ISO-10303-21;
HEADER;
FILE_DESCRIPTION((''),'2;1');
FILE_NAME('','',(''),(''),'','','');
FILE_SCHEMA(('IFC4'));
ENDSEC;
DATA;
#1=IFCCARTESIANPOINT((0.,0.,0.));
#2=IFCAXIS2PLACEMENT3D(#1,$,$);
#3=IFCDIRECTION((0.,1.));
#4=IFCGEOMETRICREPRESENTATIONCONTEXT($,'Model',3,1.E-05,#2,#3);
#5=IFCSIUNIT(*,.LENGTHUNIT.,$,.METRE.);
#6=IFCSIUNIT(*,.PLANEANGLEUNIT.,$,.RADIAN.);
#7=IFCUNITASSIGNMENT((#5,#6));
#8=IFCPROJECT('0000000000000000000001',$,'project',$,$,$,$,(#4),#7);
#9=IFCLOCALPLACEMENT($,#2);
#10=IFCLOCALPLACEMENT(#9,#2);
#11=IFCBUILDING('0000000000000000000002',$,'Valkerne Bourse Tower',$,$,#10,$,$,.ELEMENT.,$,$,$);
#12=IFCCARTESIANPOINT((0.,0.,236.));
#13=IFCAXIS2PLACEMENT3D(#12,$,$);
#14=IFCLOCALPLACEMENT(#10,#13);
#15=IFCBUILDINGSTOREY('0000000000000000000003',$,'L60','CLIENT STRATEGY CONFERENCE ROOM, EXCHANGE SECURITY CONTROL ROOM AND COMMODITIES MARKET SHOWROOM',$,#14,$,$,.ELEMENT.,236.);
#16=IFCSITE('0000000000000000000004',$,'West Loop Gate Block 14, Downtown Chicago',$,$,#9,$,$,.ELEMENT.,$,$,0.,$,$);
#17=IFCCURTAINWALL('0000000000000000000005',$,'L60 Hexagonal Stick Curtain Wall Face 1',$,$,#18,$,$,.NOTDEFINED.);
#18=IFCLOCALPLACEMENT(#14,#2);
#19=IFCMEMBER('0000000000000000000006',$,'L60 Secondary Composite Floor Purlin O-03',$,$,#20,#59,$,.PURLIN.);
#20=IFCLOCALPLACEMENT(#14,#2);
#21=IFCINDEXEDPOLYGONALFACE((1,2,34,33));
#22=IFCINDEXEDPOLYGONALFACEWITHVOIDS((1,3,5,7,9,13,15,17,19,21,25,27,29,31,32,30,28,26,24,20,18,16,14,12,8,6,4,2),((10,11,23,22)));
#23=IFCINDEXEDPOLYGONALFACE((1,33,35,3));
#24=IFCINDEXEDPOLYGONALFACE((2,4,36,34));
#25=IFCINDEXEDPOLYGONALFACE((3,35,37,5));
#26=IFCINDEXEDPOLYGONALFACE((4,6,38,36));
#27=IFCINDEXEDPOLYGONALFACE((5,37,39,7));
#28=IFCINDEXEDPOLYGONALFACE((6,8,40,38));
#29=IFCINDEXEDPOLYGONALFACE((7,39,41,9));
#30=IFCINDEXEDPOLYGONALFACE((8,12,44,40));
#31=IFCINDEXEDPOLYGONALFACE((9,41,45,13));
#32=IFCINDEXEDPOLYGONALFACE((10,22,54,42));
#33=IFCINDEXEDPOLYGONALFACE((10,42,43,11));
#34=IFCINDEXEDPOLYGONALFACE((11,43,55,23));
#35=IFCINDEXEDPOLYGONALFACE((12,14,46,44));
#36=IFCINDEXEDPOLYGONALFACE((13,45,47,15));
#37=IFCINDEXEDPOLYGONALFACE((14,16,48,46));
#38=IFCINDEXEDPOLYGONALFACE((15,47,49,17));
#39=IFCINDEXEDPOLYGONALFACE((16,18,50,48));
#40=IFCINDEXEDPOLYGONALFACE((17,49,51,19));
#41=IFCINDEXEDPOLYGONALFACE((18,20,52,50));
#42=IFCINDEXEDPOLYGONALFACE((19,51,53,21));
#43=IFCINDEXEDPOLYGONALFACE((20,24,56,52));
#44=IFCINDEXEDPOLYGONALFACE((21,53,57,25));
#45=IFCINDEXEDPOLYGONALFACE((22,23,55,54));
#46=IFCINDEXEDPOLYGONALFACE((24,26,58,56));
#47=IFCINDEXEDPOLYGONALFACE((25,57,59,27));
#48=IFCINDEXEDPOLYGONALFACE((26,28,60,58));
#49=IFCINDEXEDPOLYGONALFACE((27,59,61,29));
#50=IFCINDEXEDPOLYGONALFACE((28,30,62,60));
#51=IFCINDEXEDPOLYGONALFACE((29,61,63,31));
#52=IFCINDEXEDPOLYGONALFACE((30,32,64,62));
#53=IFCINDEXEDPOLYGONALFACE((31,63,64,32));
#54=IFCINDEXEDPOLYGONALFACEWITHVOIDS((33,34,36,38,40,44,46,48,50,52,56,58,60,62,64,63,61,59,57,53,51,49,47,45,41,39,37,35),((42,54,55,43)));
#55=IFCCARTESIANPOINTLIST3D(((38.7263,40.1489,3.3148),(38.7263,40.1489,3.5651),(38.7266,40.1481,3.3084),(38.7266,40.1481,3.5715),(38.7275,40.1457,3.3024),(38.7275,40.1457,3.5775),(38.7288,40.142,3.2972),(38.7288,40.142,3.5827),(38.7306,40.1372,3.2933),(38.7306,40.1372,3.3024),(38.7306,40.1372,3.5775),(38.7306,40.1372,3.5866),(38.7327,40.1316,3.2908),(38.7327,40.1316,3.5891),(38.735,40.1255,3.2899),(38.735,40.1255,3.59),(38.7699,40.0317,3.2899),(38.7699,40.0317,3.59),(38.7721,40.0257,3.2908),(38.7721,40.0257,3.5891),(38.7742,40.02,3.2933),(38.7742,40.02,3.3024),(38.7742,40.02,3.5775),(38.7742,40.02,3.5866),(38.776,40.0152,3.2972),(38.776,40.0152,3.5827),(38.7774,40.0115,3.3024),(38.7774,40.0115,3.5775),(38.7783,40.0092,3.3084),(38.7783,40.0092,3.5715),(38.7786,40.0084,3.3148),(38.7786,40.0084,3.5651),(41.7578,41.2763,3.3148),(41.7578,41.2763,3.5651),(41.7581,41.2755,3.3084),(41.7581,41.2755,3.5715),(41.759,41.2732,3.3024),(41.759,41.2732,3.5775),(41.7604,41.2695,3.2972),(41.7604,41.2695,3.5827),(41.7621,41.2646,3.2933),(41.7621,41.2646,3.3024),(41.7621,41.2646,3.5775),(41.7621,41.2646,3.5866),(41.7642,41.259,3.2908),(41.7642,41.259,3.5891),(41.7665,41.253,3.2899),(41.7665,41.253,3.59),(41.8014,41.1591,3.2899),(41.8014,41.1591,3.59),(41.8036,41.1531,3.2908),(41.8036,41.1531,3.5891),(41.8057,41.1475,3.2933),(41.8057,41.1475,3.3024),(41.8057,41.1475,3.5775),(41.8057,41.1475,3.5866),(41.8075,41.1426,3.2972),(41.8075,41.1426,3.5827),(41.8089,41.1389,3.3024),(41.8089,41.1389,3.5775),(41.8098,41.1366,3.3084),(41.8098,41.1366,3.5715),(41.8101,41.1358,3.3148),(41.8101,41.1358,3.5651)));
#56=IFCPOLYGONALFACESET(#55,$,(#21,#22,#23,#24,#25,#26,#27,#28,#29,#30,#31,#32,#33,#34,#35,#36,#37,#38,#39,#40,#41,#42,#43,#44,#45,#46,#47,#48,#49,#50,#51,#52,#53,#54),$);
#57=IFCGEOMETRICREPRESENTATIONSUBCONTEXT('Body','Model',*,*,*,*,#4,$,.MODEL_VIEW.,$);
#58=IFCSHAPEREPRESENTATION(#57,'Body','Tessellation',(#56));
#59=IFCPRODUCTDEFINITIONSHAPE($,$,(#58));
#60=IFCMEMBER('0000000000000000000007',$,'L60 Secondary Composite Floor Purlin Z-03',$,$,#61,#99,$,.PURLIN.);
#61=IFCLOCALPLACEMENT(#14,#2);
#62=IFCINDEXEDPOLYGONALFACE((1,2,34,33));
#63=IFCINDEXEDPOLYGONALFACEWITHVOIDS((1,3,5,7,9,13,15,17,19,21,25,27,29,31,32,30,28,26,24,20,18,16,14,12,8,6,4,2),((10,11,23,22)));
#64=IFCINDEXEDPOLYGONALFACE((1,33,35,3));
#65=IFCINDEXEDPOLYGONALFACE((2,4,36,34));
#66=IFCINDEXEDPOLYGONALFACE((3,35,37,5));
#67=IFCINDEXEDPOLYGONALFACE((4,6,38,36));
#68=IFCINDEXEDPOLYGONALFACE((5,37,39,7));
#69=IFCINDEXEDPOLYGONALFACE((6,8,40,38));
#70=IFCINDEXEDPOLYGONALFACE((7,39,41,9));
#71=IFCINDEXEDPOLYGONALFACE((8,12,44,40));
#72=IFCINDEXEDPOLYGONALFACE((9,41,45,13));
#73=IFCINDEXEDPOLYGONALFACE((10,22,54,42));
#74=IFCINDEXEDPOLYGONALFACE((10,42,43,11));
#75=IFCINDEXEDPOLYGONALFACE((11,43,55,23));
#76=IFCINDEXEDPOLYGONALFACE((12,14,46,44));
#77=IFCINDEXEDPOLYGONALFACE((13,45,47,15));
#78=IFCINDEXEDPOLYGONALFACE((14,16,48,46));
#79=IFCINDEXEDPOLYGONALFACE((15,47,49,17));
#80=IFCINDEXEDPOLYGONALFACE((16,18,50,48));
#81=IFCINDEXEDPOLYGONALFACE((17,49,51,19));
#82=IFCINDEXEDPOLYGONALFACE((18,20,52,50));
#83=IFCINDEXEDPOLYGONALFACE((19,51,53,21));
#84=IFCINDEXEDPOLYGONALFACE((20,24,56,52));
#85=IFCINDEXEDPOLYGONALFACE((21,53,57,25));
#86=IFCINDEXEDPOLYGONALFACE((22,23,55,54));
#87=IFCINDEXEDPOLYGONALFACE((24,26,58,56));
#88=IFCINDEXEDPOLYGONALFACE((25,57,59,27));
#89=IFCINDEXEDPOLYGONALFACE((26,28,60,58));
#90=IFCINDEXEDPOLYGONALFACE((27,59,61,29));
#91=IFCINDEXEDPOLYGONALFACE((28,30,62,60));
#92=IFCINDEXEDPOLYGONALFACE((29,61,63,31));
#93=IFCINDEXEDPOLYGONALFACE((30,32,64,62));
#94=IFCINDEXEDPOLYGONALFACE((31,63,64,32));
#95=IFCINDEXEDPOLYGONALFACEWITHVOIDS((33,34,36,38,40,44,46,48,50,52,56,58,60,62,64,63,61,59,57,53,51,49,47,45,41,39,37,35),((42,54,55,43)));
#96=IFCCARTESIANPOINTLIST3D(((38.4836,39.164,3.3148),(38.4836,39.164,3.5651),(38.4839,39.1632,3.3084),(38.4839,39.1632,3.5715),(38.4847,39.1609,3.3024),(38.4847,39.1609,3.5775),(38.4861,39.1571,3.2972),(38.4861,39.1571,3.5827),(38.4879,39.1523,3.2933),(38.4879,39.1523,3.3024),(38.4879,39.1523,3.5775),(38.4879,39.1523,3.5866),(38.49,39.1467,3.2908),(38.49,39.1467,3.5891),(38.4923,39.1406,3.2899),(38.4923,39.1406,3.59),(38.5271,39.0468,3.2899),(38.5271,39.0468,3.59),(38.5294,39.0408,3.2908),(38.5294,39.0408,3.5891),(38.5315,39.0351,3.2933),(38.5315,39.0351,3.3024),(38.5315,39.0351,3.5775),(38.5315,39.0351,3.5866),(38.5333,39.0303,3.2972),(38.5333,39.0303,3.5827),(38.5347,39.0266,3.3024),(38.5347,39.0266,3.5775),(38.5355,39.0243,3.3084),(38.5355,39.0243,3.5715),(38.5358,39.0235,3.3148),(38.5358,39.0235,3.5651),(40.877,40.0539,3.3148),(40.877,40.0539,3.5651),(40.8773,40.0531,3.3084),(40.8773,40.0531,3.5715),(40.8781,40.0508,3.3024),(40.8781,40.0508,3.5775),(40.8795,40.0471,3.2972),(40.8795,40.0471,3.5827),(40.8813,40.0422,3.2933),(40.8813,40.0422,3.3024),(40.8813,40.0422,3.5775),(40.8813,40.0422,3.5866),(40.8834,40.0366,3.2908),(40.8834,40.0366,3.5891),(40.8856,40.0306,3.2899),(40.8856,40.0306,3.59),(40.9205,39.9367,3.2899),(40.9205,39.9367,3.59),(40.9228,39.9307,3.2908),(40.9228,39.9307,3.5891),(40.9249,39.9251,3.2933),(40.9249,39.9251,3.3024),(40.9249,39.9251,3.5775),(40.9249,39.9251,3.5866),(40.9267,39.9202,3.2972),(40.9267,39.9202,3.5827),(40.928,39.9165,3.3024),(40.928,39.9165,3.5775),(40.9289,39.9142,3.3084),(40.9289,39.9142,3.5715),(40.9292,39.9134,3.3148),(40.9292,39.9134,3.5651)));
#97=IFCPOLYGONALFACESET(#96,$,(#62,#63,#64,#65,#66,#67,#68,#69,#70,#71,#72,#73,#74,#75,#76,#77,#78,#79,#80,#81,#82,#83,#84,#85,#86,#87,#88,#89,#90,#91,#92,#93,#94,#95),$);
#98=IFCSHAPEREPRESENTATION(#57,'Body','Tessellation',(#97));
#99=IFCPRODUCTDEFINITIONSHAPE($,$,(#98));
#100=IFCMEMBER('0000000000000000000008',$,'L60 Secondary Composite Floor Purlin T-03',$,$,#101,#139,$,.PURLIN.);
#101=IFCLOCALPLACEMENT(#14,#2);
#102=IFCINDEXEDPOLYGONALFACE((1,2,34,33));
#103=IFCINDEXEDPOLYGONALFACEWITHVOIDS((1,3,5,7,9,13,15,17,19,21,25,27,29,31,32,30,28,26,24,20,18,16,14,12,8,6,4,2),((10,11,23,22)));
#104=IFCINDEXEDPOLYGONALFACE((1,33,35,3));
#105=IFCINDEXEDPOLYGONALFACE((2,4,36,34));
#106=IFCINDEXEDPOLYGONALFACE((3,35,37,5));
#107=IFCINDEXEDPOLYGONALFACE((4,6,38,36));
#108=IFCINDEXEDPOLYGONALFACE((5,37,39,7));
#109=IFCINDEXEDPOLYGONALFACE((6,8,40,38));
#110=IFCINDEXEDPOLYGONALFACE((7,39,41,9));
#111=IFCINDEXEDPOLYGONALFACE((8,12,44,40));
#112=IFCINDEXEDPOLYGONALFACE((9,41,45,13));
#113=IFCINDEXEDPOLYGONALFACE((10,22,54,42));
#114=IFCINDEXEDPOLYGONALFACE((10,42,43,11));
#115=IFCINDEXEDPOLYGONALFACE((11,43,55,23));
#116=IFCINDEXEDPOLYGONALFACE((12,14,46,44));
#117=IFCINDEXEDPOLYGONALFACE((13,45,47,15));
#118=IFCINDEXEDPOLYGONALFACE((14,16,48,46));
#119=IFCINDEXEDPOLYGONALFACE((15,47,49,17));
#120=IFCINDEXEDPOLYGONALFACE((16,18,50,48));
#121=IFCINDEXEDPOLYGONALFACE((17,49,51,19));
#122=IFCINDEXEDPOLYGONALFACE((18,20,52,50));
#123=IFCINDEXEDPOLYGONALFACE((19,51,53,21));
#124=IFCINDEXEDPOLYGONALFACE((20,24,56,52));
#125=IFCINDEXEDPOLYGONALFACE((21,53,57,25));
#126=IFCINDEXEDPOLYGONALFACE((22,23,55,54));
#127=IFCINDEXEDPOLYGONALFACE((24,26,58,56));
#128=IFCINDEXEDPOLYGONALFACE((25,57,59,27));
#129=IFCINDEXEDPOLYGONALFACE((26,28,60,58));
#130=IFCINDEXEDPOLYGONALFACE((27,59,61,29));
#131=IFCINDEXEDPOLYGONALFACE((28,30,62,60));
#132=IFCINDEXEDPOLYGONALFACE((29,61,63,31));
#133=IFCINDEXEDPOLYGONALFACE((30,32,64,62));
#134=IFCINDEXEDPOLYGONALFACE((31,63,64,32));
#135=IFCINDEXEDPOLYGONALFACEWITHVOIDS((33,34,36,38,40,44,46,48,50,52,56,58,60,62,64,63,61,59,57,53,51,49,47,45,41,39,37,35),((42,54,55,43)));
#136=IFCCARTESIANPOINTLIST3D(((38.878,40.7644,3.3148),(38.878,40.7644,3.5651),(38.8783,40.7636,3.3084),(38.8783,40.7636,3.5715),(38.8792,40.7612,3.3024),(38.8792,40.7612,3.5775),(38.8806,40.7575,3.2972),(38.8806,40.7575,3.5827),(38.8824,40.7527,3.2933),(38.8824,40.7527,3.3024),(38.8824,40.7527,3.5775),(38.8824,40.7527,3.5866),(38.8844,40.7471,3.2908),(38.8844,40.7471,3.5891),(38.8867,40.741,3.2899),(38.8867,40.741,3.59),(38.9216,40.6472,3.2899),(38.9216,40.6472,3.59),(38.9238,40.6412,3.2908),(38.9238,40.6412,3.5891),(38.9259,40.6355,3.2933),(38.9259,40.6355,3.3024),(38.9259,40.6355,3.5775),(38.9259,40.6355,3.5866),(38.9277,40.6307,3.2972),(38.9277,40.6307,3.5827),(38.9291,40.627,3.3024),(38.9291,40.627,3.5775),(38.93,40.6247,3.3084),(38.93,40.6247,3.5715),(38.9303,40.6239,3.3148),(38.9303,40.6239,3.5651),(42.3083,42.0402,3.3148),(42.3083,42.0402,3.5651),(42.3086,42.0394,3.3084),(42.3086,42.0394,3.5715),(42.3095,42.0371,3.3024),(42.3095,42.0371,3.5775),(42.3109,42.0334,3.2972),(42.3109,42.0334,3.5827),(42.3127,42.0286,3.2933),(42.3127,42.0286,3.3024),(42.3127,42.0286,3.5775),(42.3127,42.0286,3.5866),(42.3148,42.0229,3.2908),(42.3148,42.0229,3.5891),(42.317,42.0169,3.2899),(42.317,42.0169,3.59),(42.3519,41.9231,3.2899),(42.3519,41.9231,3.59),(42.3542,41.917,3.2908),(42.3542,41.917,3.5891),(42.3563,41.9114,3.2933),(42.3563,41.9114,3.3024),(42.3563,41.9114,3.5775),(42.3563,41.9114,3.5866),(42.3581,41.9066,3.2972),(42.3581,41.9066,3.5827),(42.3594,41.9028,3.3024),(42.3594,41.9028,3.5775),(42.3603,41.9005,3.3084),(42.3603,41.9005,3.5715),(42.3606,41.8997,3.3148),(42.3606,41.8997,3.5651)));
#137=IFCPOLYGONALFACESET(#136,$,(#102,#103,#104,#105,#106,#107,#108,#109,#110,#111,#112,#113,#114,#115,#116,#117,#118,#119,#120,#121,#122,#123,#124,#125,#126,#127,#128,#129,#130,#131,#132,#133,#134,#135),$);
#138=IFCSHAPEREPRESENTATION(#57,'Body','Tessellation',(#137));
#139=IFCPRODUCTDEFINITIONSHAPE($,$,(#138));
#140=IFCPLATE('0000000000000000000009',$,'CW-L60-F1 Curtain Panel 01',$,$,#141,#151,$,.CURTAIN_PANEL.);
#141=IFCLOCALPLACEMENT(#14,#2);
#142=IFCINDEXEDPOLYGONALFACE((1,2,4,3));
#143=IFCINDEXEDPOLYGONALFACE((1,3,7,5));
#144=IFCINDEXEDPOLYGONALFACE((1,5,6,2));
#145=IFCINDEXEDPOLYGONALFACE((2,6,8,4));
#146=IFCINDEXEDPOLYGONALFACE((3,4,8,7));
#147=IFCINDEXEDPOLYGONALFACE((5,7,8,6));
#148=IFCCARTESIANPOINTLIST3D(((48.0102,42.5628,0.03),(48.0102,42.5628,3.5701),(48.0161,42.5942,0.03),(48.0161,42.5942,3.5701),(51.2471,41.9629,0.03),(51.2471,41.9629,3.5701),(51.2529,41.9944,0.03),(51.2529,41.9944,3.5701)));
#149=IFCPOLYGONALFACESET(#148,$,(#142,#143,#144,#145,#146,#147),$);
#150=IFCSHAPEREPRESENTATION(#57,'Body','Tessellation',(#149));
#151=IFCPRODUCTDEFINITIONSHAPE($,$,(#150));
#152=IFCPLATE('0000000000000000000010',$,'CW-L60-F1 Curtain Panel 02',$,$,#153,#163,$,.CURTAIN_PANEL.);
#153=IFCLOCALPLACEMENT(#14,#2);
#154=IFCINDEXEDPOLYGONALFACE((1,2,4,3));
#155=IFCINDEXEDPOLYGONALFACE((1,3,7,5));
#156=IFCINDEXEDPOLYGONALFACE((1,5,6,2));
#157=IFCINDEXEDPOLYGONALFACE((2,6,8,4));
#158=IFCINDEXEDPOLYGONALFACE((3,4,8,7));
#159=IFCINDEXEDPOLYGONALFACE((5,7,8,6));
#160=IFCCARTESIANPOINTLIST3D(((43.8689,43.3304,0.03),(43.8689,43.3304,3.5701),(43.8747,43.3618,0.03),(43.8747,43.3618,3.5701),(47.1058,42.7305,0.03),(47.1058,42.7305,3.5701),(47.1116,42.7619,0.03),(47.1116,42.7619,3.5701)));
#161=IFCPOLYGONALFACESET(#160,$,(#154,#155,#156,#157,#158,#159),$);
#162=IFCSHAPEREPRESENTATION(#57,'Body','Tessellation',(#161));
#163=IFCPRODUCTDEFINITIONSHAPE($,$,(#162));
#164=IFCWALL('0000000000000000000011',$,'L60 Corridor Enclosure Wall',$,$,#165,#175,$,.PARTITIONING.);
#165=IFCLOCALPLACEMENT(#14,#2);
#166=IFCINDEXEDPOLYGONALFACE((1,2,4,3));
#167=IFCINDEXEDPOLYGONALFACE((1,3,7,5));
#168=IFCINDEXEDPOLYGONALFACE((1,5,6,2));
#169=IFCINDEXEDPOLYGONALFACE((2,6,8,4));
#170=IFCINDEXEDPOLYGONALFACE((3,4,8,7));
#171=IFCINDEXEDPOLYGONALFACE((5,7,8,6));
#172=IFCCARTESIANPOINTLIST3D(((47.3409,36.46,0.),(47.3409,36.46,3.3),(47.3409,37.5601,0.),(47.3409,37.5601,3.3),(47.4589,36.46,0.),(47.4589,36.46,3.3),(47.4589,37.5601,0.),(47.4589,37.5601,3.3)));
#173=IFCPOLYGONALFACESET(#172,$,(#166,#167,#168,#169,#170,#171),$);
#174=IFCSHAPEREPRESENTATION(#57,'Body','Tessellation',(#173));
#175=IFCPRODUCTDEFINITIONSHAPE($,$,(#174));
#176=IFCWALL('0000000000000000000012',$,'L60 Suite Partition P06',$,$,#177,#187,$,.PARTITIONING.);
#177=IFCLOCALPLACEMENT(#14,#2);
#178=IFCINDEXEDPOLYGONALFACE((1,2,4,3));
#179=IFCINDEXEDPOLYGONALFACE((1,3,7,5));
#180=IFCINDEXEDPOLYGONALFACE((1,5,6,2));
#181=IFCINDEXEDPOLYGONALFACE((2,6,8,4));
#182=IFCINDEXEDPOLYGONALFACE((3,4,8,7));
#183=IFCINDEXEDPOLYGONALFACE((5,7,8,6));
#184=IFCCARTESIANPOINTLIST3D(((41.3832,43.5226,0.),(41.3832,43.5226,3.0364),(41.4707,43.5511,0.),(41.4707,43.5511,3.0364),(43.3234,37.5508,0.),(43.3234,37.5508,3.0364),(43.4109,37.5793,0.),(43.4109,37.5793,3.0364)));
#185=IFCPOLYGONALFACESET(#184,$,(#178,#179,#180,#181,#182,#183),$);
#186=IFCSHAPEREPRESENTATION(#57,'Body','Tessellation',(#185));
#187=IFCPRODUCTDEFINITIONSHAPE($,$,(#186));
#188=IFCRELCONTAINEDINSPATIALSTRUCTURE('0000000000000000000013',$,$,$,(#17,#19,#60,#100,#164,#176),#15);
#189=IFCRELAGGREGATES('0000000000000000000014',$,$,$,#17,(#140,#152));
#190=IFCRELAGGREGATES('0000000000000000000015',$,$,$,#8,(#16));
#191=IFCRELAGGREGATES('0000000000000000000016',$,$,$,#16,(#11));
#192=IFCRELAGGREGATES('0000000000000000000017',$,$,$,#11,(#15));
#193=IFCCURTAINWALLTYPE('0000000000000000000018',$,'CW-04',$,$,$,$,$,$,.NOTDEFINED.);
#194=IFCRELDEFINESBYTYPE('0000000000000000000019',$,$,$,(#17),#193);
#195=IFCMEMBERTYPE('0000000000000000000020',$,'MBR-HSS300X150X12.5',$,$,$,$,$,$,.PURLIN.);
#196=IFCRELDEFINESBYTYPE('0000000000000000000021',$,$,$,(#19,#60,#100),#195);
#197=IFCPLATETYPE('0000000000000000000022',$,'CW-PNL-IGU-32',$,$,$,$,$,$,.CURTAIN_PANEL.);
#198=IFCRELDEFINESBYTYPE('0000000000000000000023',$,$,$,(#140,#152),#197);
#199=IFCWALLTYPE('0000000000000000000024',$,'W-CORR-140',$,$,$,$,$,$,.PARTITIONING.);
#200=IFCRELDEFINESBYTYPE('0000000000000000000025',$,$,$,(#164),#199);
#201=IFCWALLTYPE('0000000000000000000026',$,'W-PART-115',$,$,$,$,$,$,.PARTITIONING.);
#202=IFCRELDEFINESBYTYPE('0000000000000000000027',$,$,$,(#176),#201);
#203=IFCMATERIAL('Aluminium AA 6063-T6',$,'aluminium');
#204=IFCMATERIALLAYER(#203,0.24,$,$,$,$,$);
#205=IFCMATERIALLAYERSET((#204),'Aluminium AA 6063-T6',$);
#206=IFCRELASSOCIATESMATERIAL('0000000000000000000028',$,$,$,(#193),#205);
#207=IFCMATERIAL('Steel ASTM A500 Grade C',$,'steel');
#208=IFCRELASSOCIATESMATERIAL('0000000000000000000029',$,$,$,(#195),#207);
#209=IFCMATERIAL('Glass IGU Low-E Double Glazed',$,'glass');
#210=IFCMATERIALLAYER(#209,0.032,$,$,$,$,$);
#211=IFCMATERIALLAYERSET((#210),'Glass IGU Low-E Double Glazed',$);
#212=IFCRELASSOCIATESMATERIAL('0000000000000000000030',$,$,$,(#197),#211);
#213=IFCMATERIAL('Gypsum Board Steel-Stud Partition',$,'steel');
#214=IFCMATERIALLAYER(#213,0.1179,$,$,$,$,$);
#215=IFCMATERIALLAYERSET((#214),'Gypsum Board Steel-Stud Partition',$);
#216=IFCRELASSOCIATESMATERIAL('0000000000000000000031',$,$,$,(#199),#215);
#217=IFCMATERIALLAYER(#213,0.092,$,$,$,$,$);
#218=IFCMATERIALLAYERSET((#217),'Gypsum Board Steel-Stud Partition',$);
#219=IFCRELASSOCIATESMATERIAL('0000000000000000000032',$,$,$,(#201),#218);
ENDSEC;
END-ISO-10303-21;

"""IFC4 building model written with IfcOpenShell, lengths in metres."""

from ifc_helpers import new_model, si_unit, direction, frame, frame_2d, origin, origin_2d, place, context, subcontext, project, spatial, rectangle, hollow_rectangle, extrude, material, layer, layer_set, material_profile, profile_set, type_object, element, aggregate, save


model = new_model("IFC4")

# Units and contexts
model_context = context("Model", 3, precision=1e-05, world=origin(), true_north=direction((0.0, 1.0)))
body_context = subcontext(model_context, "Body", "Model", "MODEL_VIEW")
ifc_project = project(units=[si_unit("LENGTHUNIT", "METRE"), si_unit("PLANEANGLEUNIT", "RADIAN")], contexts=[model_context])

# Site, building, storey
site_placement = place(None, origin())
site = spatial("IfcSite", under=ifc_project, at=site_placement, Name="West Loop Gate Block 14, Downtown Chicago", CompositionType="ELEMENT", RefElevation=0.0)
building_placement = place(site_placement, origin())
building = spatial("IfcBuilding", under=site, at=building_placement, Name="Valkerne Bourse Tower", CompositionType="ELEMENT")
storey_placement = place(building_placement, frame((0.0, 0.0, 236.0)))
storey = spatial("IfcBuildingStorey", under=building, at=storey_placement, Name="L60", Description="CLIENT STRATEGY CONFERENCE ROOM, EXCHANGE SECURITY CONTROL ROOM AND COMMODITIES MARKET SHOWROOM", CompositionType="ELEMENT", Elevation=236.0)

# Curtain wall
ifc_material_1 = material(Name="Aluminium AA 6063-T6", Category="aluminium")
ifc_layer_1 = layer(ifc_material_1, 0.24)
ifc_layer_set_1 = layer_set([ifc_layer_1], Name="Aluminium AA 6063-T6")
curtain_wall_type = type_object("IfcCurtainWallType", Name="CW-04", PredefinedType="NOTDEFINED", material=ifc_layer_set_1)
curtain_wall_placement = place(storey_placement, origin())
curtain_wall = element("IfcCurtainWall", 1, at=curtain_wall_placement, inside=storey, type_object=curtain_wall_type, Name="L60 Hexagonal Stick Curtain Wall Face 1", PredefinedType="NOTDEFINED")

# Members
ifc_material_2 = material(Name="Steel ASTM A500 Grade C", Category="steel")
ifc_material_profile_1 = material_profile(ifc_material_2, hollow_rectangle(XDim=0.1499, YDim=0.3, WallThickness=0.0125, OuterFilletRadius=0.0249, at=origin_2d()), Name="HSS300X150X12.5")
ifc_profile_set_1 = profile_set([ifc_material_profile_1], Name="Steel ASTM A500 Grade C")
member_type_1 = type_object("IfcMemberType", Name="MBR-HSS300X150X12.5", PredefinedType="PURLIN", material=ifc_profile_set_1)
member_1_placement = place(storey_placement, frame((41.7839, 41.2061, 3.4399), z_axis=(-0.937278, -0.348583, 0.0), x_axis=(0.348583, -0.937278, 0.0)))
element("IfcMember", 2, at=member_1_placement, inside=storey, type_object=member_type_1, Name="L60 Secondary Composite Floor Purlin O-03", PredefinedType="PURLIN", context=body_context, shape_type="SweptSolid", body=[
    extrude(hollow_rectangle(XDim=0.1499, YDim=0.3, WallThickness=0.0125, OuterFilletRadius=0.0249, at=origin_2d()), origin(), (0.0, 0.0, 1.0), 3.2344),
])
member_2_placement = place(storey_placement, frame((40.9031, 39.9836, 3.4399), z_axis=(-0.937304, -0.348513, 0.0), x_axis=(0.348513, -0.937304, 0.0)))
element("IfcMember", 3, at=member_2_placement, inside=storey, type_object=member_type_1, Name="L60 Secondary Composite Floor Purlin Z-03", PredefinedType="PURLIN", context=body_context, shape_type="SweptSolid", body=[
    extrude(hollow_rectangle(XDim=0.1499, YDim=0.3, WallThickness=0.0125, OuterFilletRadius=0.0249, at=origin_2d()), origin(), (0.0, 0.0, 1.0), 2.5535),
])
member_3_placement = place(storey_placement, frame((42.3345, 41.97, 3.4399), z_axis=(-0.937272, -0.3486, 0.0), x_axis=(0.3486, -0.937272, 0.0)))
element("IfcMember", 4, at=member_3_placement, inside=storey, type_object=member_type_1, Name="L60 Secondary Composite Floor Purlin T-03", PredefinedType="PURLIN", context=body_context, shape_type="SweptSolid", body=[
    extrude(hollow_rectangle(XDim=0.1499, YDim=0.3, WallThickness=0.0125, OuterFilletRadius=0.0249, at=origin_2d()), origin(), (0.0, 0.0, 1.0), 3.6599),
])

# Plates
ifc_material_3 = material(Name="Glass IGU Low-E Double Glazed", Category="glass")
ifc_layer_2 = layer(ifc_material_3, 0.032)
ifc_layer_set_2 = layer_set([ifc_layer_2], Name="Glass IGU Low-E Double Glazed")
plate_type = type_object("IfcPlateType", Name="CW-PNL-IGU-32", PredefinedType="CURTAIN_PANEL", material=ifc_layer_set_2)
plate_1_placement = place(storey_placement, frame((49.6316, 42.2786, 0.03), z_axis=(0.0, 0.0, 1.0), x_axis=(-0.983258, 0.182217, 0.0)))
plate_1 = element("IfcPlate", 5, at=plate_1_placement, type_object=plate_type, Name="CW-L60-F1 Curtain Panel 01", PredefinedType="CURTAIN_PANEL", context=body_context, shape_type="SweptSolid", body=[
    extrude(rectangle(XDim=3.292, YDim=0.032, at=origin_2d()), origin(), (0.0, 0.0, 1.0), 3.54),
])
plate_2_placement = place(storey_placement, frame((45.4902, 43.0461, 0.03), z_axis=(0.0, 0.0, 1.0), x_axis=(-0.983254, 0.18224, 0.0)))
plate_2 = element("IfcPlate", 6, at=plate_2_placement, type_object=plate_type, Name="CW-L60-F1 Curtain Panel 02", PredefinedType="CURTAIN_PANEL", context=body_context, shape_type="SweptSolid", body=[
    extrude(rectangle(XDim=3.292, YDim=0.032, at=origin_2d()), origin(), (0.0, 0.0, 1.0), 3.54),
])
aggregate(curtain_wall, [plate_1, plate_2])

# Walls
ifc_material_4 = material(Name="Gypsum Board Steel-Stud Partition", Category="steel")
ifc_layer_3 = layer(ifc_material_4, 0.1179)
ifc_layer_set_3 = layer_set([ifc_layer_3], Name="Gypsum Board Steel-Stud Partition")
wall_type_1 = type_object("IfcWallType", Name="W-CORR-140", PredefinedType="PARTITIONING", material=ifc_layer_set_3)
wall_1_placement = place(storey_placement, frame((47.3999, 37.5601, 0.0), z_axis=(0.0, 0.0, 1.0), x_axis=(0.0, -1.0, 0.0)))
element("IfcWall", 7, at=wall_1_placement, inside=storey, type_object=wall_type_1, Name="L60 Corridor Enclosure Wall", PredefinedType="PARTITIONING", context=body_context, shape_type="SweptSolid", body=[
    extrude(rectangle(XDim=1.1001, YDim=0.1179, at=frame_2d((0.55, 0.0))), origin(), (0.0, 0.0, 1.0), 3.3),
])
ifc_layer_4 = layer(ifc_material_4, 0.092)
ifc_layer_set_4 = layer_set([ifc_layer_4], Name="Gypsum Board Steel-Stud Partition")
wall_type_2 = type_object("IfcWallType", Name="W-PART-115", PredefinedType="PARTITIONING", material=ifc_layer_set_4)
wall_2_placement = place(storey_placement, frame((43.3672, 37.5649, 0.0), z_axis=(0.0, 0.0, 1.0), x_axis=(-0.308998, 0.951063, 0.0)))
element("IfcWall", 8, at=wall_2_placement, inside=storey, type_object=wall_type_2, Name="L60 Suite Partition P06", PredefinedType="PARTITIONING", context=body_context, shape_type="SweptSolid", body=[
    extrude(rectangle(XDim=6.2791, YDim=0.092, at=frame_2d((3.1396, 0.0))), origin(), (0.0, 0.0, 1.0), 3.0364),
])

save(model, "model.ifc")
